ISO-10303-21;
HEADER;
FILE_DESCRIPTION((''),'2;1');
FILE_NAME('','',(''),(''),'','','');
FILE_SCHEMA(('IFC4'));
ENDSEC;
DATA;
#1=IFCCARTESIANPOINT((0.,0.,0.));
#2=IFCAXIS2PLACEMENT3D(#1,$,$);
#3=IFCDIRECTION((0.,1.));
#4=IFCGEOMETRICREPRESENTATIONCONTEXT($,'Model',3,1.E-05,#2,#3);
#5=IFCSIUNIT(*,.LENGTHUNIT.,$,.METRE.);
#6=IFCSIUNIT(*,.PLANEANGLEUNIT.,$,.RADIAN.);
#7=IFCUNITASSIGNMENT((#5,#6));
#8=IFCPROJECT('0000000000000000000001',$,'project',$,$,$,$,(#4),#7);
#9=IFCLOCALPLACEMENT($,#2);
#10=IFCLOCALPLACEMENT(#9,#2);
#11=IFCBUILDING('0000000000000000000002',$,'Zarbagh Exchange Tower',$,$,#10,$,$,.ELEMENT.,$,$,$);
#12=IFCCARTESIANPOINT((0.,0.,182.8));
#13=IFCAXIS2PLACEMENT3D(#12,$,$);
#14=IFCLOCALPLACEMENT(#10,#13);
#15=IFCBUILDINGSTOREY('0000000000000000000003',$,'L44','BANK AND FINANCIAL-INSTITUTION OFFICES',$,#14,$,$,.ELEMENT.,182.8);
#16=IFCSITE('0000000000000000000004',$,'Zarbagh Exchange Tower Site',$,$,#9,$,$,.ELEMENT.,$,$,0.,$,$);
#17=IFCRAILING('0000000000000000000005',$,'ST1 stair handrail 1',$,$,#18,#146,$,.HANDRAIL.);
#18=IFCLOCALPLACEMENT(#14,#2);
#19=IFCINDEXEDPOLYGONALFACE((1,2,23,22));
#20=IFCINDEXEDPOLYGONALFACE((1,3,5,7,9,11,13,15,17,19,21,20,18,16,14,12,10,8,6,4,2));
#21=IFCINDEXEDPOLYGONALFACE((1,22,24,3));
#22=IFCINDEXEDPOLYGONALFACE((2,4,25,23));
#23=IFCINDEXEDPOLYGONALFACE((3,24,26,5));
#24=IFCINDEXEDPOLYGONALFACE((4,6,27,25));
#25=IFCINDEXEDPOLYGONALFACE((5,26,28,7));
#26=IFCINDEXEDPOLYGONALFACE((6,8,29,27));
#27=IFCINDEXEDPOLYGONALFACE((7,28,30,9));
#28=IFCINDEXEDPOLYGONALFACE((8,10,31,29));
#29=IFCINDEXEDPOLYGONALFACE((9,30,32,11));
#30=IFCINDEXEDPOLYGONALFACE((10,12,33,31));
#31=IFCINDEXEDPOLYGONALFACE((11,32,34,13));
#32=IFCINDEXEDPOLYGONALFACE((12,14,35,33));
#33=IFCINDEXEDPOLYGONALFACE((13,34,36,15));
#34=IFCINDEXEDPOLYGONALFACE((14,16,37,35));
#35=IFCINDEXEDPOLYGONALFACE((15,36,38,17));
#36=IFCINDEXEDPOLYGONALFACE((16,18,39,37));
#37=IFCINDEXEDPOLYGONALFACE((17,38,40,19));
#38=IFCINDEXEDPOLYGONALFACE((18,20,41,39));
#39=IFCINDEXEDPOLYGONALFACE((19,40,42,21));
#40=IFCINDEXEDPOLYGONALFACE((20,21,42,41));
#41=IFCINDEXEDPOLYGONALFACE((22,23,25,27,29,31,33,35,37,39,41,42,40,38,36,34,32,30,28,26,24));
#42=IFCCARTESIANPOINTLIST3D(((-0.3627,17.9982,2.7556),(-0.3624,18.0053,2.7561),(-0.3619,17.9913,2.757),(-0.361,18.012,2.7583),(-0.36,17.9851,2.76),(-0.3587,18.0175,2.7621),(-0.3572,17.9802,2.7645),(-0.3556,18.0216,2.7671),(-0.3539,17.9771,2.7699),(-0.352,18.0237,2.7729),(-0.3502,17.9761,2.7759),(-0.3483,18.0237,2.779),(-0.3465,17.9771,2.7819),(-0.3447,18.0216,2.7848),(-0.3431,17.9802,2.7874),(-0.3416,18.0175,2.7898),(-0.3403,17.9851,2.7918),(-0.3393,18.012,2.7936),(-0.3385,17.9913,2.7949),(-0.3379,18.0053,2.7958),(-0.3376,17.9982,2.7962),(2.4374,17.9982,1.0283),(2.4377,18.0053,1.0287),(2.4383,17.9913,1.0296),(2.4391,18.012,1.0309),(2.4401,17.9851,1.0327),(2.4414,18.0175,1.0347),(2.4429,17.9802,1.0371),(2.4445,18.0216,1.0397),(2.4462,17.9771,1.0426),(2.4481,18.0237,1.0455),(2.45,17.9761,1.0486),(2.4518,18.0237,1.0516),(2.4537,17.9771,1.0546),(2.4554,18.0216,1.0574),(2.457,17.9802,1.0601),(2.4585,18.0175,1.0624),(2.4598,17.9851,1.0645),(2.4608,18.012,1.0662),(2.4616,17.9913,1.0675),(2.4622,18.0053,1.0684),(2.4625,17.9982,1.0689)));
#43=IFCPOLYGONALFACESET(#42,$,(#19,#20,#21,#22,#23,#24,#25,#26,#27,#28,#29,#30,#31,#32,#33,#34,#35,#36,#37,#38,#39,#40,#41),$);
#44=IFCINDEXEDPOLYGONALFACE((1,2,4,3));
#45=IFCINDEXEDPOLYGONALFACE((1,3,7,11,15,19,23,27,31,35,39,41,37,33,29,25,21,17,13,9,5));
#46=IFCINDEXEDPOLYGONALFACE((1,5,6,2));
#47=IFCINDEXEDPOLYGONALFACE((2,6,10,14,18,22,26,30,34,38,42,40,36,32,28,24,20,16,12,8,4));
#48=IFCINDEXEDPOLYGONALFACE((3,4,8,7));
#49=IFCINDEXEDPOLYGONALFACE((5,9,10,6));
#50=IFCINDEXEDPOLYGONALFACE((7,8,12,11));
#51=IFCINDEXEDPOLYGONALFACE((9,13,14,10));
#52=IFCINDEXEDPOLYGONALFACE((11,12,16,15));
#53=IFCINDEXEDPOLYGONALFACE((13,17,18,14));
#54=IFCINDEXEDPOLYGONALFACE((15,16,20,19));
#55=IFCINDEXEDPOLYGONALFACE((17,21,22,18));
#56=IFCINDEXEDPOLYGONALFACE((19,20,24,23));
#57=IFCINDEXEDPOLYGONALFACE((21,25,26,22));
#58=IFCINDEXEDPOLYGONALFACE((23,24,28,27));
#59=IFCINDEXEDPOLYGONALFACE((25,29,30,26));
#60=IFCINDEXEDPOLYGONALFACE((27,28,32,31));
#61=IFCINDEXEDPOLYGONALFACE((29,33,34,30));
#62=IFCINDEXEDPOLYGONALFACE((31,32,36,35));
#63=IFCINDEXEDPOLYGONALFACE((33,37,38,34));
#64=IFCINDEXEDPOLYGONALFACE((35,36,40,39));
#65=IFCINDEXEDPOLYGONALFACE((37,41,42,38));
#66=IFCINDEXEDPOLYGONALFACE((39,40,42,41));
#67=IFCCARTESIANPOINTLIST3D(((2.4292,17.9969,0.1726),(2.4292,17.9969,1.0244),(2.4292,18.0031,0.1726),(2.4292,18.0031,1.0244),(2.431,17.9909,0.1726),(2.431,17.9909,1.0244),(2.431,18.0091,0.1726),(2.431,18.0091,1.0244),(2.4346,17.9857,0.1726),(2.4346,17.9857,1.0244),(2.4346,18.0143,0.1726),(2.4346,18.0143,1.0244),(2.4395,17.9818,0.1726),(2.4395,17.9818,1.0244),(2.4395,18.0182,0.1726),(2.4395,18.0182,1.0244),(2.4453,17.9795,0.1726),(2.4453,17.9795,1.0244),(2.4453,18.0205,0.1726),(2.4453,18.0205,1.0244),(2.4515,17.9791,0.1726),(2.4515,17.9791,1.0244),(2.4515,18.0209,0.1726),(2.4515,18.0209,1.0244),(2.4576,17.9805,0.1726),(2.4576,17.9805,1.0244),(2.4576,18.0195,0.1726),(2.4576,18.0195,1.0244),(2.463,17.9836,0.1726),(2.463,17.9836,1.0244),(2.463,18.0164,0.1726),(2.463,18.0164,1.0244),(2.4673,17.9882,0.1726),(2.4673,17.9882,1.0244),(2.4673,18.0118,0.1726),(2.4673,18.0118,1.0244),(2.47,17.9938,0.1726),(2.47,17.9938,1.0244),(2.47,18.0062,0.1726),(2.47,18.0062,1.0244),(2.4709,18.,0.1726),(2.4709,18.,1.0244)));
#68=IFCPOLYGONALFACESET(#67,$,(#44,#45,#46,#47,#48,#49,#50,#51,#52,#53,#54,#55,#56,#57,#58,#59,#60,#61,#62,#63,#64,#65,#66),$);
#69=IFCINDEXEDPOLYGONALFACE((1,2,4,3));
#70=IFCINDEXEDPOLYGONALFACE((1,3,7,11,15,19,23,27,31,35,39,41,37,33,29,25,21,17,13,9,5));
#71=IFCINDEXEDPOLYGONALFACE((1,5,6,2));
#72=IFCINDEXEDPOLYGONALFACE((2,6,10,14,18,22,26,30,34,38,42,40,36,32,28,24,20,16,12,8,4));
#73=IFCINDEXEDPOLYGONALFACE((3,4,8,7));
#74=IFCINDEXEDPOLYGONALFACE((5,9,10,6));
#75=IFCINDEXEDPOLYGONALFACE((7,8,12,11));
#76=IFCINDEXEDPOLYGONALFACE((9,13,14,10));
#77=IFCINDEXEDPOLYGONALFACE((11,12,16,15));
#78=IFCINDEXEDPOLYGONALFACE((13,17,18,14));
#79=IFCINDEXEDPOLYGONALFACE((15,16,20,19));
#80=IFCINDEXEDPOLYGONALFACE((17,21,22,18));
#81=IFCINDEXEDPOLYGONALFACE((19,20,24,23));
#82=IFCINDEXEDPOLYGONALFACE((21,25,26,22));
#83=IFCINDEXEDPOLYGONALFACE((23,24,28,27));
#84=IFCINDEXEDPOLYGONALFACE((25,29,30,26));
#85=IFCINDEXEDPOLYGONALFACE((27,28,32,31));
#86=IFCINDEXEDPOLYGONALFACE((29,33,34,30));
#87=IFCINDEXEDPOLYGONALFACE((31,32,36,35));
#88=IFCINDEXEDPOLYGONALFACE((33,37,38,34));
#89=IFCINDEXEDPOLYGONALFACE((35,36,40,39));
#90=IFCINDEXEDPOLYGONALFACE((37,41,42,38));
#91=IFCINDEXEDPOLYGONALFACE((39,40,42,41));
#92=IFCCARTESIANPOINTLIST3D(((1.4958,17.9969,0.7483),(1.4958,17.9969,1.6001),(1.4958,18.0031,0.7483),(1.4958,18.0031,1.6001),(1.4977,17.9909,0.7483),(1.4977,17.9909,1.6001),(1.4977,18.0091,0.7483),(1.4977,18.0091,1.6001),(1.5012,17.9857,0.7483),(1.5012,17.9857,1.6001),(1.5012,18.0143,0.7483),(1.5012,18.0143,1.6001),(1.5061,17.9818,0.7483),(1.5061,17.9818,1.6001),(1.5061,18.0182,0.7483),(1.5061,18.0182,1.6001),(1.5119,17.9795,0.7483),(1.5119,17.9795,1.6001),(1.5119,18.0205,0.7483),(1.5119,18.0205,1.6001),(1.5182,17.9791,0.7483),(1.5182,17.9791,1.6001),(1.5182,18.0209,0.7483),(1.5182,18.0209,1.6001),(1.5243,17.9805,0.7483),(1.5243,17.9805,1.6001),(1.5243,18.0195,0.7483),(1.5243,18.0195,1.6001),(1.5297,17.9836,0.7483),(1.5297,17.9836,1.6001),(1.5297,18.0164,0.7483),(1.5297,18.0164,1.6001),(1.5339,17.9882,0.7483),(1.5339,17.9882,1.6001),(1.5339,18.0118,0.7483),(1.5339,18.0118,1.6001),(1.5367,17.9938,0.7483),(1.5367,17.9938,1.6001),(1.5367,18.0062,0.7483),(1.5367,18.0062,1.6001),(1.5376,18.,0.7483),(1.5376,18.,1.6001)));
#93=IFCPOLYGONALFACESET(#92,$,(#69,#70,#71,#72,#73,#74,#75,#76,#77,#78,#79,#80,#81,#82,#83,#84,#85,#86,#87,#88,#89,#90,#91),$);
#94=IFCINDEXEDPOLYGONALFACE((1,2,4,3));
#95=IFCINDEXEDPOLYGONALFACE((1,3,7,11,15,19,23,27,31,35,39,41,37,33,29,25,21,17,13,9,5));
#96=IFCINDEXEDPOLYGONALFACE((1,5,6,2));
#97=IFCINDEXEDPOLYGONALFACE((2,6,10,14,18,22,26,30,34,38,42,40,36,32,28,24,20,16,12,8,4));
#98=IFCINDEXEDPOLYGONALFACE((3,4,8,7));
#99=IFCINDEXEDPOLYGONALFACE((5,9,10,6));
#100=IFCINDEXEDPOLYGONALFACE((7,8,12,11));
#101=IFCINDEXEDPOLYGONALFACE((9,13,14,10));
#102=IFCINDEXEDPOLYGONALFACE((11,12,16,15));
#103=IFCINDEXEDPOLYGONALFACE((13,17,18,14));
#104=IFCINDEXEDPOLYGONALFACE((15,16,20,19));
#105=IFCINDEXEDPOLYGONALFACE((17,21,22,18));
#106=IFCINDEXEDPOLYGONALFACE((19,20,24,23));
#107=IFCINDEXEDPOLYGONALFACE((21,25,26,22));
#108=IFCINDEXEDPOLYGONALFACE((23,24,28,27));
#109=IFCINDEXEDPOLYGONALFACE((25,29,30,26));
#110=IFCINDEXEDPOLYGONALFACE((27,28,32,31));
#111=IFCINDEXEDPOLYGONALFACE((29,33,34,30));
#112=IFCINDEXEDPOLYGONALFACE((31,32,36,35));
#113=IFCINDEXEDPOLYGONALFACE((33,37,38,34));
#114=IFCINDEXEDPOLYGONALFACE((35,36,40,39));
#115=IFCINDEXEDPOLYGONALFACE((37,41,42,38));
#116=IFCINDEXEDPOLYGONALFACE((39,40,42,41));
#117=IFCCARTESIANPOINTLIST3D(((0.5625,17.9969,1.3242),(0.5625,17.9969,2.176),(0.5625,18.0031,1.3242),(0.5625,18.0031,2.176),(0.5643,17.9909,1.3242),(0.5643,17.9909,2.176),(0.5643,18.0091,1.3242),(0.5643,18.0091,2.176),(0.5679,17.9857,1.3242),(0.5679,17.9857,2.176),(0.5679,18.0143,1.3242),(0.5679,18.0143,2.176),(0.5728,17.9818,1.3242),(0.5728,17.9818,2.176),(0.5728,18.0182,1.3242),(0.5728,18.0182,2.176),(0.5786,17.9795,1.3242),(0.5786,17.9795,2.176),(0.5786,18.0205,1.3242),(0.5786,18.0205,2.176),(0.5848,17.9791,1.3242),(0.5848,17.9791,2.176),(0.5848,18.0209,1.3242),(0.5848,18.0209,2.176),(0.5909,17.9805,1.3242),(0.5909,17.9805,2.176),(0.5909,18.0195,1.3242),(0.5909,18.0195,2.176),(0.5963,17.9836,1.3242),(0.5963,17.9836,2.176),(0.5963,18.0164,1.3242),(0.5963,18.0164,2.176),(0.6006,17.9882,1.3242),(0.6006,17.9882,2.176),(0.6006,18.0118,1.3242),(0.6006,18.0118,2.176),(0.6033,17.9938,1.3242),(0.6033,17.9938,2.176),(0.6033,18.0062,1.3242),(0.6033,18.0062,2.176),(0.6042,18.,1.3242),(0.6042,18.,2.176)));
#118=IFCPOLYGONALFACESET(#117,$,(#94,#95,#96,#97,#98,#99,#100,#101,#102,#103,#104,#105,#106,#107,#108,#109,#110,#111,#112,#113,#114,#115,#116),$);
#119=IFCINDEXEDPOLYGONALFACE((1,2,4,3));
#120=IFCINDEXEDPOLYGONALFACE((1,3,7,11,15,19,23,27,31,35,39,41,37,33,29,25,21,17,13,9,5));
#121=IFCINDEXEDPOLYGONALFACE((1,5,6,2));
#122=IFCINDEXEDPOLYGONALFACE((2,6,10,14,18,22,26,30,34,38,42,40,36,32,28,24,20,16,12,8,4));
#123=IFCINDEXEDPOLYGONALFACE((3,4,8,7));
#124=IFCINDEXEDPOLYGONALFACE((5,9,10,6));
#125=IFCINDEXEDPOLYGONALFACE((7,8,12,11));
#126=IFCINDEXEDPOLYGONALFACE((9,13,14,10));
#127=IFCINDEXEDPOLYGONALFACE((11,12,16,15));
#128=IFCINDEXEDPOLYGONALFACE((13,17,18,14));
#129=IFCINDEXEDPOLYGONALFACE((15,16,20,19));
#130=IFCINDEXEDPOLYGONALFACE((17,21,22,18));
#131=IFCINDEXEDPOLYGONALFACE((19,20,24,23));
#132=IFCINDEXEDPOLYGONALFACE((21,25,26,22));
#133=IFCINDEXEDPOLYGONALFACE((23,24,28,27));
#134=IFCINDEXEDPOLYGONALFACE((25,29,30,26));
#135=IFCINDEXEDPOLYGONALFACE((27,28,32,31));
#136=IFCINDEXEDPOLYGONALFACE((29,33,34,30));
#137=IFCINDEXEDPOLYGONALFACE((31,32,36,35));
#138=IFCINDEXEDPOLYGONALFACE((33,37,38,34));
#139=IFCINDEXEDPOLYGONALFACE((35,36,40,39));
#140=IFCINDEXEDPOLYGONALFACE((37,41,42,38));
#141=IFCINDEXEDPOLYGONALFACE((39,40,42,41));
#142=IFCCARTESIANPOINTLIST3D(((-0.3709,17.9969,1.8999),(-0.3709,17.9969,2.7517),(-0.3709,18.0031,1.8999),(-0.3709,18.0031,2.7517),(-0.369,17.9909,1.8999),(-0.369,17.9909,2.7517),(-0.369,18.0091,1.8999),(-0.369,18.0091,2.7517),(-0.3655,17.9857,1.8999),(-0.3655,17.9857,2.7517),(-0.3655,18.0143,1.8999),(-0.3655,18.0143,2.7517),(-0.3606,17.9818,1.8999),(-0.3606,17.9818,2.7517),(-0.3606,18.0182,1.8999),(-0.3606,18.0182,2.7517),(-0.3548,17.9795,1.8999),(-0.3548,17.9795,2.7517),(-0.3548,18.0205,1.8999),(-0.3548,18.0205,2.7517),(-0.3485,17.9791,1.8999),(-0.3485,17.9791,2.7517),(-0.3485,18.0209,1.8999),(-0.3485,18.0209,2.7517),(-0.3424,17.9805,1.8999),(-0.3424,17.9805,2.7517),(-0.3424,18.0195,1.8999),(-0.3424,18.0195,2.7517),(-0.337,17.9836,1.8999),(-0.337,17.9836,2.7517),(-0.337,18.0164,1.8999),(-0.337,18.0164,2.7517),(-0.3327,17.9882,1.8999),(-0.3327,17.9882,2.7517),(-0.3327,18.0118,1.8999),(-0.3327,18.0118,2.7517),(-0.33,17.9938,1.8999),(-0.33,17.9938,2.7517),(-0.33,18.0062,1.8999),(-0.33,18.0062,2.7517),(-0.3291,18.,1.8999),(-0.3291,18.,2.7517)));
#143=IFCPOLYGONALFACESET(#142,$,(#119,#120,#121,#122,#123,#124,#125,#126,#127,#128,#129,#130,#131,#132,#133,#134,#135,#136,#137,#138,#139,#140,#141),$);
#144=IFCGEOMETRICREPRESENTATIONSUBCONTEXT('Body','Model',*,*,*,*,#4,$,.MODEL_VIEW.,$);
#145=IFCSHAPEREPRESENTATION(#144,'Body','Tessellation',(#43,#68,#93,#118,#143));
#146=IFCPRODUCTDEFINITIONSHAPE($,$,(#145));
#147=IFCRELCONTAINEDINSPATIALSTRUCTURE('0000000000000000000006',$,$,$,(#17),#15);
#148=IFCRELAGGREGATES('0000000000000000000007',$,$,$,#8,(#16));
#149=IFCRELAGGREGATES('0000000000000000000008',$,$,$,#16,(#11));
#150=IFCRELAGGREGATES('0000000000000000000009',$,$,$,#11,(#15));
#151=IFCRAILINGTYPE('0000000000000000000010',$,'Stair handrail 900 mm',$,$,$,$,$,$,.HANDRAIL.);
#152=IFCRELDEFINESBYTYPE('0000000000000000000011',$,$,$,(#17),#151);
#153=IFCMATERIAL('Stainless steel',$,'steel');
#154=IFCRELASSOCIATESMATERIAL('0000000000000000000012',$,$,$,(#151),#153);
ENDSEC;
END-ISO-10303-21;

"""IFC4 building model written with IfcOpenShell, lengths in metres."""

from ifc_helpers import new_model, si_unit, direction, frame, origin, origin_2d, place, context, subcontext, project, spatial, circle, extrude, material, type_object, element, save


model = new_model("IFC4")

# Units and contexts
model_context = context("Model", 3, precision=1e-05, world=origin(), true_north=direction((0.0, 1.0)))
body_context = subcontext(model_context, "Body", "Model", "MODEL_VIEW")
ifc_project = project(units=[si_unit("LENGTHUNIT", "METRE"), si_unit("PLANEANGLEUNIT", "RADIAN")], contexts=[model_context])

# Site, building, storey
site_placement = place(None, origin())
site = spatial("IfcSite", under=ifc_project, at=site_placement, Name="Zarbagh Exchange Tower Site", CompositionType="ELEMENT", RefElevation=0.0)
building_placement = place(site_placement, origin())
building = spatial("IfcBuilding", under=site, at=building_placement, Name="Zarbagh Exchange Tower", CompositionType="ELEMENT")
storey_placement = place(building_placement, frame((0.0, 0.0, 182.8)))
storey = spatial("IfcBuildingStorey", under=building, at=storey_placement, Name="L44", Description="BANK AND FINANCIAL-INSTITUTION OFFICES", CompositionType="ELEMENT", Elevation=182.8)

# Railing
ifc_material_1 = material(Name="Stainless steel", Category="steel")
railing_type = type_object("IfcRailingType", Name="Stair handrail 900 mm", PredefinedType="HANDRAIL", material=ifc_material_1)
railing_placement = place(storey_placement, frame((2.45, 18.0, 0.1726)))
element("IfcRailing", 1, at=railing_placement, inside=storey, type_object=railing_type, Name="ST1 stair handrail 1", PredefinedType="HANDRAIL", context=body_context, shape_type="SweptSolid", body=[
    extrude(circle(Radius=0.0239, at=origin_2d()), frame((0.0, 0.0, 0.876), z_axis=(-0.85109, 0.0, 0.52502), x_axis=(0.0, -1.0, 0.0)), (0.0, 0.0, 1.0), 3.29),
    extrude(circle(Radius=0.021, at=origin_2d()), origin(), (0.0, 0.0, 1.0), 0.8518),
    extrude(circle(Radius=0.021, at=origin_2d()), frame((-0.9333, 0.0, 0.5757)), (0.0, 0.0, 1.0), 0.8518),
    extrude(circle(Radius=0.021, at=origin_2d()), frame((-1.8667, 0.0, 1.1516)), (0.0, 0.0, 1.0), 0.8518),
    extrude(circle(Radius=0.021, at=origin_2d()), frame((-2.8, 0.0, 1.7273)), (0.0, 0.0, 1.0), 0.8518),
])

save(model, "model.ifc")
